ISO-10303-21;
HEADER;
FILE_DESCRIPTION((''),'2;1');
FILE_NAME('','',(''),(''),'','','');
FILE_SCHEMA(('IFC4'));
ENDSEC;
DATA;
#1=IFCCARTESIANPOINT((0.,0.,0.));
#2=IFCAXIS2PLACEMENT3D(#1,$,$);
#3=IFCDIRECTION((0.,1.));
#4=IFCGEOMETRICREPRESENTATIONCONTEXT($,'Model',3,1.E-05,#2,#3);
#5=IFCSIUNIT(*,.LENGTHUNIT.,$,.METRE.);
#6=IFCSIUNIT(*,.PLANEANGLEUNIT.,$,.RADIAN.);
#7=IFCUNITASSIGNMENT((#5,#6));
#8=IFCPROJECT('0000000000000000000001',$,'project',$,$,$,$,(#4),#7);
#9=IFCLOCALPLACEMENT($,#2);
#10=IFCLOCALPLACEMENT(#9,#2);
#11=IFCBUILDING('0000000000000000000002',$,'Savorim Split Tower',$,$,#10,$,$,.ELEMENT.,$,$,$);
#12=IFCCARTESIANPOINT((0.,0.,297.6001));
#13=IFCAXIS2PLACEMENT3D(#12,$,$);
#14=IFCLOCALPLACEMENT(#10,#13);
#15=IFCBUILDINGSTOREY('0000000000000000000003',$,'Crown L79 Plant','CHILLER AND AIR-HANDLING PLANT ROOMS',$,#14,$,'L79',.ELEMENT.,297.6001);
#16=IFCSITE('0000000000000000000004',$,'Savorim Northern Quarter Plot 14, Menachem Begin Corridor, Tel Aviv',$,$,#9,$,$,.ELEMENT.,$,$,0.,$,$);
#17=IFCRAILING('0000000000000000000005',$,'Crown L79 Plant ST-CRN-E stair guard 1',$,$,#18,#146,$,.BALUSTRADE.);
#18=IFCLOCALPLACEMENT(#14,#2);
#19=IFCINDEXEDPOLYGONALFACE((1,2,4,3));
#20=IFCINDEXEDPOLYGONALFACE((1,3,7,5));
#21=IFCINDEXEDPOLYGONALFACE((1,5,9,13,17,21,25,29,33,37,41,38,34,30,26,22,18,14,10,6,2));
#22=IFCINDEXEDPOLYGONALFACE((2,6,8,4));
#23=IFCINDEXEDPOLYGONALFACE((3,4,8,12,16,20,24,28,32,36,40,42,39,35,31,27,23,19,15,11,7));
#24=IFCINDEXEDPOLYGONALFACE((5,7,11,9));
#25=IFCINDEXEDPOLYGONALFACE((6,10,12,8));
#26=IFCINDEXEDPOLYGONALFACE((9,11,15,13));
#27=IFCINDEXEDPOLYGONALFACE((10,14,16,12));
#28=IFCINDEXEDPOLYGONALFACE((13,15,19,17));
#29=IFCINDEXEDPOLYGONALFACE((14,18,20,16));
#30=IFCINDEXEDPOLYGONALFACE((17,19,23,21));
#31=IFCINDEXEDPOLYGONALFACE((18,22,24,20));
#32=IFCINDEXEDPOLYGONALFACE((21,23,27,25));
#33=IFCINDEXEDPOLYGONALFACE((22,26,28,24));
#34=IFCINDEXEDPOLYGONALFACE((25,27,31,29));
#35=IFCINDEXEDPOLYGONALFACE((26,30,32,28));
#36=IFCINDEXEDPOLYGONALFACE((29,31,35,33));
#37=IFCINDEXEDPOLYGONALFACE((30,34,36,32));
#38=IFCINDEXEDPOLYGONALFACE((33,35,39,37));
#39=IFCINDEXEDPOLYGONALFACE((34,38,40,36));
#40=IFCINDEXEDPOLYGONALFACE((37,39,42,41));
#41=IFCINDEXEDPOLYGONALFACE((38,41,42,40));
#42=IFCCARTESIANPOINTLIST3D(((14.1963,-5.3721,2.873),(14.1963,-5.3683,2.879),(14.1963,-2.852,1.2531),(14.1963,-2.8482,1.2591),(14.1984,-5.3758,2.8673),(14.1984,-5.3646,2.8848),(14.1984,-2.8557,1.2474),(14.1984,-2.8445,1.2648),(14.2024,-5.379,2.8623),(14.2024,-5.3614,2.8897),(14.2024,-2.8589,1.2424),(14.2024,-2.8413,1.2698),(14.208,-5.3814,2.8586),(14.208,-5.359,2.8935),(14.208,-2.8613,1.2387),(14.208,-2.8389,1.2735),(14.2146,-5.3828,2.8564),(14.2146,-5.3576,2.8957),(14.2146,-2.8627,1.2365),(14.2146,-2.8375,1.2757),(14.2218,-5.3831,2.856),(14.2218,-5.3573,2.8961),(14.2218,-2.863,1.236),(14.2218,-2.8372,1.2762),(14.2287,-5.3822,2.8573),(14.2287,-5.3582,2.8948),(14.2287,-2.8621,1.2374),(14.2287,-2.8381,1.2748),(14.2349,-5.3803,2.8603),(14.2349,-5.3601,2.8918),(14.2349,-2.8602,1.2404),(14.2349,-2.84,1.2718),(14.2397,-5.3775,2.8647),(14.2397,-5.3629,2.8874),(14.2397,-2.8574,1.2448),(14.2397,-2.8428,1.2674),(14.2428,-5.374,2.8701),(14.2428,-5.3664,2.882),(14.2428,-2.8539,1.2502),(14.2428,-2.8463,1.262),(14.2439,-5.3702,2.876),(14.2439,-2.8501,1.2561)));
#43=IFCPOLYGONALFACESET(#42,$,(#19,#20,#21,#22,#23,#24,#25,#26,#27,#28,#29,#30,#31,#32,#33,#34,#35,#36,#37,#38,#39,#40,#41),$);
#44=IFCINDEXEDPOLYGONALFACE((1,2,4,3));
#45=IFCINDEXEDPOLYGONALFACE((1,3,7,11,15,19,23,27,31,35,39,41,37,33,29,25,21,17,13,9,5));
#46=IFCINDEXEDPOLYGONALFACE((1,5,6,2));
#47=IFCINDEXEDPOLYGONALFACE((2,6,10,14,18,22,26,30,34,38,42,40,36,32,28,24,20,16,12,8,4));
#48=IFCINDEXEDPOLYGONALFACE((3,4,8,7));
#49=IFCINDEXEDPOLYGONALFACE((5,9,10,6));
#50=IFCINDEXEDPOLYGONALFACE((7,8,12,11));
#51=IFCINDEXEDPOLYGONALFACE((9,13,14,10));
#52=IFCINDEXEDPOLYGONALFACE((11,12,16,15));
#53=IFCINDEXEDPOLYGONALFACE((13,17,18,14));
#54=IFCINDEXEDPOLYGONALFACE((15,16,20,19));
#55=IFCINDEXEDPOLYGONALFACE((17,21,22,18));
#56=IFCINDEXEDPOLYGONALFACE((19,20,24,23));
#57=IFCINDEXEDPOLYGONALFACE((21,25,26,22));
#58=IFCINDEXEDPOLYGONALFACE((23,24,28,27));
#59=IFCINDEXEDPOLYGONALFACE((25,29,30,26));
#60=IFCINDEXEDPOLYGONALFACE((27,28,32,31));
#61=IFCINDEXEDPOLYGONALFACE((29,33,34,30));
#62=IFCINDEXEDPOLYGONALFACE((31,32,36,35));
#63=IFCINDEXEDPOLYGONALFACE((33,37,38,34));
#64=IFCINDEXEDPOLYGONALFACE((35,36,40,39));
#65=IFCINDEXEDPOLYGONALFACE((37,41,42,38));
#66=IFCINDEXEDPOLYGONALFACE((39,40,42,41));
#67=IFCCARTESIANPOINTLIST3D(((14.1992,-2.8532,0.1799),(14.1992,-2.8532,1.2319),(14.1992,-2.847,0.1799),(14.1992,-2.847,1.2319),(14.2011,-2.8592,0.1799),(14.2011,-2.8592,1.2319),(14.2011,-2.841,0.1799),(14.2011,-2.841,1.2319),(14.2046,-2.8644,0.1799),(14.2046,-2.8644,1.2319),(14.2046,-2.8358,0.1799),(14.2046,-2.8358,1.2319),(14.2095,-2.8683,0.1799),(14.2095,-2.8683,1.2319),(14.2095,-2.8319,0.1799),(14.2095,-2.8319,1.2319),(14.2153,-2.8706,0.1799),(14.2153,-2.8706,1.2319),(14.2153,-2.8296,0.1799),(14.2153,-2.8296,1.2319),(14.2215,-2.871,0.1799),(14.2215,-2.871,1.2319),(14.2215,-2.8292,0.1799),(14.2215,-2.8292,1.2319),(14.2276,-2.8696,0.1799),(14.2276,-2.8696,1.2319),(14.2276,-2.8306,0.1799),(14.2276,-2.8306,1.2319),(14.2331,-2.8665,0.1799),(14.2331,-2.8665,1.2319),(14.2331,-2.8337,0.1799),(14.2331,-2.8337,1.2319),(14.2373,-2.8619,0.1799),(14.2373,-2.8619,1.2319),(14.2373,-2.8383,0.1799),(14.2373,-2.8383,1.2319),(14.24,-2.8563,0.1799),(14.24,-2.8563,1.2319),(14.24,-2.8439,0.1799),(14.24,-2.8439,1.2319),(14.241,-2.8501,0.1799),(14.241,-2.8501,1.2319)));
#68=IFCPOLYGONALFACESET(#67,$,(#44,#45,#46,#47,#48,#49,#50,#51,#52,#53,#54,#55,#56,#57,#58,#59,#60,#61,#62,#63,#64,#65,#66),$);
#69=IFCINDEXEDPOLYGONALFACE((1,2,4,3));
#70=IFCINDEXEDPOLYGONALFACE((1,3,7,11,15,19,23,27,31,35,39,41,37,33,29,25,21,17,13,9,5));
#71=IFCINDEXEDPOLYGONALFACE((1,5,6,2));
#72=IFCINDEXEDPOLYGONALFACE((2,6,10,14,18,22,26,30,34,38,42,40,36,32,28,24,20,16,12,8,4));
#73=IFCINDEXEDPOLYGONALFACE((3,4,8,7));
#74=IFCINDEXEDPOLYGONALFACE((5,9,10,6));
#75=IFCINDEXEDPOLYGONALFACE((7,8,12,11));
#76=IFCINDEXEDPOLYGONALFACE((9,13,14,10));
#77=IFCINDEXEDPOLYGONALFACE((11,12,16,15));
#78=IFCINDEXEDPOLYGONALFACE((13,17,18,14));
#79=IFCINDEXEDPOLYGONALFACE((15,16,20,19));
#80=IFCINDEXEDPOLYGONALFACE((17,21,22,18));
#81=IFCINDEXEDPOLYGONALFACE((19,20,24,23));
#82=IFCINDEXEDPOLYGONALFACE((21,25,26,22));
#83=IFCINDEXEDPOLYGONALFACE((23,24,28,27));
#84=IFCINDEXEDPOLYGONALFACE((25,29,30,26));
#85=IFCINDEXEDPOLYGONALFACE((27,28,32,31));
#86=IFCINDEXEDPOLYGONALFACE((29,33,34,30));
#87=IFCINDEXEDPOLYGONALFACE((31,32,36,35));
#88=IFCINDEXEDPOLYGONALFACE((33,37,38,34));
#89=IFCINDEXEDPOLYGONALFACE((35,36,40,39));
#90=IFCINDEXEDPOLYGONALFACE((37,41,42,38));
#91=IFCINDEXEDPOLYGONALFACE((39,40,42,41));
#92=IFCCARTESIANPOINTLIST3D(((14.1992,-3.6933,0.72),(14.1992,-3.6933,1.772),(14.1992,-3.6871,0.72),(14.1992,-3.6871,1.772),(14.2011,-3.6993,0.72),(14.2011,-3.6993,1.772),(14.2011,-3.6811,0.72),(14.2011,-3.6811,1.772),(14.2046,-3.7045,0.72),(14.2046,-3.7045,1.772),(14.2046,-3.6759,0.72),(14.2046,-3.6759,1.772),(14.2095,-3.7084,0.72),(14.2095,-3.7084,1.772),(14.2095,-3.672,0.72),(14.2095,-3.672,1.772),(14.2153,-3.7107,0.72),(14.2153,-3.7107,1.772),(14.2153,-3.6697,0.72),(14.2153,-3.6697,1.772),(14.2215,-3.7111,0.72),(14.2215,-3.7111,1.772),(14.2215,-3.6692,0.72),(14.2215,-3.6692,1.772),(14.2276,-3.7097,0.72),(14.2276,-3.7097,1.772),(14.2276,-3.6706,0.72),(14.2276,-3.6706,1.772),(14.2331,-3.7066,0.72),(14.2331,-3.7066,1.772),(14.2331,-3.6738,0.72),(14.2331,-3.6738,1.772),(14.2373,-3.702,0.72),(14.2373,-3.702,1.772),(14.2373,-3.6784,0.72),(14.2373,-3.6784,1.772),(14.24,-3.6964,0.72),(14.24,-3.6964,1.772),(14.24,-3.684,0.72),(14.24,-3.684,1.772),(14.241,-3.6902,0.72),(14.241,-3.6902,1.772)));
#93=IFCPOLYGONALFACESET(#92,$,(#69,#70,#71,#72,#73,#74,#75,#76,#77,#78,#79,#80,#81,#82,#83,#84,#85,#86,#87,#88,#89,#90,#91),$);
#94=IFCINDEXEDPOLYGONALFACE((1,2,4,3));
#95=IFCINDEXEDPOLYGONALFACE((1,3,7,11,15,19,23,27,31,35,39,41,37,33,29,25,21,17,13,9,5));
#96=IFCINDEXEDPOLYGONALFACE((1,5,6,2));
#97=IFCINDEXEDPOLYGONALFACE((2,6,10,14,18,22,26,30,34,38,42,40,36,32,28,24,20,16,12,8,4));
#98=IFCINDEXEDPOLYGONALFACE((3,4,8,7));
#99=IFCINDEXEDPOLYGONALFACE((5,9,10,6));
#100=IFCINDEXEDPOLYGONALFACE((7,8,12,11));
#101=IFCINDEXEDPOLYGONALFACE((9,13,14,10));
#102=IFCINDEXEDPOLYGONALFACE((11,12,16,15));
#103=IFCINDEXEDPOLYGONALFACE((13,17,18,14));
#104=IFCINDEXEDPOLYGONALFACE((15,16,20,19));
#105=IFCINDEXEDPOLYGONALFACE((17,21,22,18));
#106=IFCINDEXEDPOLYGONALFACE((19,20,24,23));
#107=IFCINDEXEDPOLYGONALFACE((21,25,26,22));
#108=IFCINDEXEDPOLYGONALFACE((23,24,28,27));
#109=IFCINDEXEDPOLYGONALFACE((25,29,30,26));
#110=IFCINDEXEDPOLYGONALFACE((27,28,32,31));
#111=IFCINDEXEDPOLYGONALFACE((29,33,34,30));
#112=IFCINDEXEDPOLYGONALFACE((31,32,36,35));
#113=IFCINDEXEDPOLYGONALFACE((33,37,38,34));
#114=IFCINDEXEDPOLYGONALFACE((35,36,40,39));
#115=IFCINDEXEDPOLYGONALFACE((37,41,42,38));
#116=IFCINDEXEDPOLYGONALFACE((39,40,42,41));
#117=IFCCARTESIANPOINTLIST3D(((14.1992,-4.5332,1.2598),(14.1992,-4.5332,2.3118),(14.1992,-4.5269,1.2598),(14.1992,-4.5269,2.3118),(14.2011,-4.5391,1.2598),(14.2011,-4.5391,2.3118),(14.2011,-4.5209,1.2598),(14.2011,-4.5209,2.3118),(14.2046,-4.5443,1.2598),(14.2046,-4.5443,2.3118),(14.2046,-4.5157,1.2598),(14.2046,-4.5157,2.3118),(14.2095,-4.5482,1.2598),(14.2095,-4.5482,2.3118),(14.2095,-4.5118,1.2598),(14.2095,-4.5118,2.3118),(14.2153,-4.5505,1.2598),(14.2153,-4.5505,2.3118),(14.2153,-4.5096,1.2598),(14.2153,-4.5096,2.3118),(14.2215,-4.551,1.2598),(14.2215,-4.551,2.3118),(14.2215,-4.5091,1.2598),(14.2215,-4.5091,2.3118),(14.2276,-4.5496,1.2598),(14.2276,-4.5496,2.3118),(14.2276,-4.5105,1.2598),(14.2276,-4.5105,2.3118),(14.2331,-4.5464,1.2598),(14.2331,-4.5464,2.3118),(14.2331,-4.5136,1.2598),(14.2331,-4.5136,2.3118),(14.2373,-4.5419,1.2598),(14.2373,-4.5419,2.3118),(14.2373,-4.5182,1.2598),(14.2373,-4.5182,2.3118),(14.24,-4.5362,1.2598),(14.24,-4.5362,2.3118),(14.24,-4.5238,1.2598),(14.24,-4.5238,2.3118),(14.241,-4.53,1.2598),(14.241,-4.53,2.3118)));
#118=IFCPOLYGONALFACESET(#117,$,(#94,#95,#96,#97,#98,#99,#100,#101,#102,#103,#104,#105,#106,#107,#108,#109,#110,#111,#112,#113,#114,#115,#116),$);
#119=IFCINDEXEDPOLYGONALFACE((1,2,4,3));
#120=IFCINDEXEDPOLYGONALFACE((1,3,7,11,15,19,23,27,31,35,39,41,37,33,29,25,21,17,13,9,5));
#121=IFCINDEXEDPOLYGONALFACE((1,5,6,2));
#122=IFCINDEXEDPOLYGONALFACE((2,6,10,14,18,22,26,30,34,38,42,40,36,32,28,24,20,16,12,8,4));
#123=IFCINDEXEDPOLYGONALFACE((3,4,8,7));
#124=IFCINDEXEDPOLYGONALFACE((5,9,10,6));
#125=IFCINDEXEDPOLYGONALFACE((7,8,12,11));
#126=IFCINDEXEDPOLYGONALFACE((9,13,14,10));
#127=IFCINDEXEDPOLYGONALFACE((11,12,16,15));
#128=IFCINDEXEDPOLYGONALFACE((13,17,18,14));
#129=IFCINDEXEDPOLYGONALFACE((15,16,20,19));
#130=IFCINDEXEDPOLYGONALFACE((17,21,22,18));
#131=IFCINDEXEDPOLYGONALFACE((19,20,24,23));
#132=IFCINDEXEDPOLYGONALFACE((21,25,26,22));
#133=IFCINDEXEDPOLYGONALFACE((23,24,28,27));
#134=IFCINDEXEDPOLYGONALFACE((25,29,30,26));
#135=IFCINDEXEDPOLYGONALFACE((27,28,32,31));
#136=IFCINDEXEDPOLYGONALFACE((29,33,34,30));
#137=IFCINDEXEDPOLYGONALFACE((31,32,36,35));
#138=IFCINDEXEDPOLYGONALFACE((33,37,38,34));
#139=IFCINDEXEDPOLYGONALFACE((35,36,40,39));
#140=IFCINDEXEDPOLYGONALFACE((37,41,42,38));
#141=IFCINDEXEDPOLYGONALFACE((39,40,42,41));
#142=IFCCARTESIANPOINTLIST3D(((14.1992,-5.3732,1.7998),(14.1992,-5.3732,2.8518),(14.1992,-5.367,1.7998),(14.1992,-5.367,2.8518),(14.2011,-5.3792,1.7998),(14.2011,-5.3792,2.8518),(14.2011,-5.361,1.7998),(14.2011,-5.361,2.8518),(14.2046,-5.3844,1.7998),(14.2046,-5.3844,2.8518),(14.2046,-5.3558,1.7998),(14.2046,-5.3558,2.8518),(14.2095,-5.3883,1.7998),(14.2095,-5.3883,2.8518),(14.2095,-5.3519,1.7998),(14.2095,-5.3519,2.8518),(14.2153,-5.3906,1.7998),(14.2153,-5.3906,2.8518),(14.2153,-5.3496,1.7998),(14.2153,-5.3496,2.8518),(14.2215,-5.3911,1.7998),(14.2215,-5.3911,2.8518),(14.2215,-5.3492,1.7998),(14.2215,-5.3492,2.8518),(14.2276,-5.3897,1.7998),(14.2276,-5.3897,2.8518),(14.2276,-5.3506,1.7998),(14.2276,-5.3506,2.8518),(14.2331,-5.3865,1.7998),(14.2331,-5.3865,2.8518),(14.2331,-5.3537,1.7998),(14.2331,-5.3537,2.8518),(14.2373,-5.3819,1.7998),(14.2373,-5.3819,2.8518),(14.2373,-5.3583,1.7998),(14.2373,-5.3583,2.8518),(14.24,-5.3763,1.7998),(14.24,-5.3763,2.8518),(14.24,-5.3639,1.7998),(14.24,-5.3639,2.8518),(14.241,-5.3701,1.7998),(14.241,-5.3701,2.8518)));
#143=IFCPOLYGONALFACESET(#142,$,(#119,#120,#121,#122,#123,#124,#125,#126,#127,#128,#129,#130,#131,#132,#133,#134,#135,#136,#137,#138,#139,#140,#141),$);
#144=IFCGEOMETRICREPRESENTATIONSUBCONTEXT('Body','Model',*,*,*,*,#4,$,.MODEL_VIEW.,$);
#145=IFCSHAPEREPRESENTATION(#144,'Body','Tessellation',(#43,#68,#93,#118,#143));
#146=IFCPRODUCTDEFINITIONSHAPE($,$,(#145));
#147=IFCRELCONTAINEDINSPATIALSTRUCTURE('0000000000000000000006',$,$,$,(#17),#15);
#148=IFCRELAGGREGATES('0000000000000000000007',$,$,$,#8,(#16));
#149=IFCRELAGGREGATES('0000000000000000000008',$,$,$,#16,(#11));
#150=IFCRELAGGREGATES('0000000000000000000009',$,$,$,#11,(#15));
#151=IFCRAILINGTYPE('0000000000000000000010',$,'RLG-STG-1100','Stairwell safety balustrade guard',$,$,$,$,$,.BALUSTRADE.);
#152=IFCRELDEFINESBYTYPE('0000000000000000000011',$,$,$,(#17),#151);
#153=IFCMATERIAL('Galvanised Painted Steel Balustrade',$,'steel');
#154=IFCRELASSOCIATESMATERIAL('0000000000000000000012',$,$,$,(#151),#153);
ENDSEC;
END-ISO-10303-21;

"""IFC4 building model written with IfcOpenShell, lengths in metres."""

from ifc_helpers import new_model, si_unit, direction, frame, origin, origin_2d, place, context, subcontext, project, spatial, circle, extrude, material, type_object, element, save


model = new_model("IFC4")

# Units and contexts
model_context = context("Model", 3, precision=1e-05, world=origin(), true_north=direction((0.0, 1.0)))
body_context = subcontext(model_context, "Body", "Model", "MODEL_VIEW")
ifc_project = project(units=[si_unit("LENGTHUNIT", "METRE"), si_unit("PLANEANGLEUNIT", "RADIAN")], contexts=[model_context])

# Site, building, storey
site_placement = place(None, origin())
site = spatial("IfcSite", under=ifc_project, at=site_placement, Name="Savorim Northern Quarter Plot 14, Menachem Begin Corridor, Tel Aviv", CompositionType="ELEMENT", RefElevation=0.0)
building_placement = place(site_placement, origin())
building = spatial("IfcBuilding", under=site, at=building_placement, Name="Savorim Split Tower", CompositionType="ELEMENT")
storey_placement = place(building_placement, frame((0.0, 0.0, 297.6001)))
storey = spatial("IfcBuildingStorey", under=building, at=storey_placement, Name="Crown L79 Plant", Description="CHILLER AND AIR-HANDLING PLANT ROOMS", LongName="L79", CompositionType="ELEMENT", Elevation=297.6001)

# Railing
ifc_material_1 = material(Name="Galvanised Painted Steel Balustrade", Category="steel")
railing_type_1 = type_object("IfcRailingType", Name="RLG-STG-1100", Description="Stairwell safety balustrade guard", PredefinedType="BALUSTRADE", material=ifc_material_1)
railing_1_placement = place(storey_placement, frame((14.22, -2.8501, 0.1799)))
element("IfcRailing", 1, at=railing_1_placement, inside=storey, type_object=railing_type_1, Name="Crown L79 Plant ST-CRN-E stair guard 1", PredefinedType="BALUSTRADE", context=body_context, shape_type="SweptSolid", body=[
    extrude(circle(Radius=0.0239, at=origin_2d()), frame((0.0, 0.0, 1.0762), z_axis=(0.0, -0.8412, 0.540725), x_axis=(1.0, 0.0, 0.0)), (0.0, 0.0, 1.0), 2.9958),
    extrude(circle(Radius=0.021, at=origin_2d()), origin(), (0.0, 0.0, 1.0), 1.052),
    extrude(circle(Radius=0.021, at=origin_2d()), frame((0.0, -0.8401, 0.54)), (0.0, 0.0, 1.0), 1.052),
    extrude(circle(Radius=0.021, at=origin_2d()), frame((0.0, -1.6799, 1.0798)), (0.0, 0.0, 1.0), 1.052),
    extrude(circle(Radius=0.021, at=origin_2d()), frame((0.0, -2.52, 1.6199)), (0.0, 0.0, 1.0), 1.052),
])

save(model, "model.ifc")
